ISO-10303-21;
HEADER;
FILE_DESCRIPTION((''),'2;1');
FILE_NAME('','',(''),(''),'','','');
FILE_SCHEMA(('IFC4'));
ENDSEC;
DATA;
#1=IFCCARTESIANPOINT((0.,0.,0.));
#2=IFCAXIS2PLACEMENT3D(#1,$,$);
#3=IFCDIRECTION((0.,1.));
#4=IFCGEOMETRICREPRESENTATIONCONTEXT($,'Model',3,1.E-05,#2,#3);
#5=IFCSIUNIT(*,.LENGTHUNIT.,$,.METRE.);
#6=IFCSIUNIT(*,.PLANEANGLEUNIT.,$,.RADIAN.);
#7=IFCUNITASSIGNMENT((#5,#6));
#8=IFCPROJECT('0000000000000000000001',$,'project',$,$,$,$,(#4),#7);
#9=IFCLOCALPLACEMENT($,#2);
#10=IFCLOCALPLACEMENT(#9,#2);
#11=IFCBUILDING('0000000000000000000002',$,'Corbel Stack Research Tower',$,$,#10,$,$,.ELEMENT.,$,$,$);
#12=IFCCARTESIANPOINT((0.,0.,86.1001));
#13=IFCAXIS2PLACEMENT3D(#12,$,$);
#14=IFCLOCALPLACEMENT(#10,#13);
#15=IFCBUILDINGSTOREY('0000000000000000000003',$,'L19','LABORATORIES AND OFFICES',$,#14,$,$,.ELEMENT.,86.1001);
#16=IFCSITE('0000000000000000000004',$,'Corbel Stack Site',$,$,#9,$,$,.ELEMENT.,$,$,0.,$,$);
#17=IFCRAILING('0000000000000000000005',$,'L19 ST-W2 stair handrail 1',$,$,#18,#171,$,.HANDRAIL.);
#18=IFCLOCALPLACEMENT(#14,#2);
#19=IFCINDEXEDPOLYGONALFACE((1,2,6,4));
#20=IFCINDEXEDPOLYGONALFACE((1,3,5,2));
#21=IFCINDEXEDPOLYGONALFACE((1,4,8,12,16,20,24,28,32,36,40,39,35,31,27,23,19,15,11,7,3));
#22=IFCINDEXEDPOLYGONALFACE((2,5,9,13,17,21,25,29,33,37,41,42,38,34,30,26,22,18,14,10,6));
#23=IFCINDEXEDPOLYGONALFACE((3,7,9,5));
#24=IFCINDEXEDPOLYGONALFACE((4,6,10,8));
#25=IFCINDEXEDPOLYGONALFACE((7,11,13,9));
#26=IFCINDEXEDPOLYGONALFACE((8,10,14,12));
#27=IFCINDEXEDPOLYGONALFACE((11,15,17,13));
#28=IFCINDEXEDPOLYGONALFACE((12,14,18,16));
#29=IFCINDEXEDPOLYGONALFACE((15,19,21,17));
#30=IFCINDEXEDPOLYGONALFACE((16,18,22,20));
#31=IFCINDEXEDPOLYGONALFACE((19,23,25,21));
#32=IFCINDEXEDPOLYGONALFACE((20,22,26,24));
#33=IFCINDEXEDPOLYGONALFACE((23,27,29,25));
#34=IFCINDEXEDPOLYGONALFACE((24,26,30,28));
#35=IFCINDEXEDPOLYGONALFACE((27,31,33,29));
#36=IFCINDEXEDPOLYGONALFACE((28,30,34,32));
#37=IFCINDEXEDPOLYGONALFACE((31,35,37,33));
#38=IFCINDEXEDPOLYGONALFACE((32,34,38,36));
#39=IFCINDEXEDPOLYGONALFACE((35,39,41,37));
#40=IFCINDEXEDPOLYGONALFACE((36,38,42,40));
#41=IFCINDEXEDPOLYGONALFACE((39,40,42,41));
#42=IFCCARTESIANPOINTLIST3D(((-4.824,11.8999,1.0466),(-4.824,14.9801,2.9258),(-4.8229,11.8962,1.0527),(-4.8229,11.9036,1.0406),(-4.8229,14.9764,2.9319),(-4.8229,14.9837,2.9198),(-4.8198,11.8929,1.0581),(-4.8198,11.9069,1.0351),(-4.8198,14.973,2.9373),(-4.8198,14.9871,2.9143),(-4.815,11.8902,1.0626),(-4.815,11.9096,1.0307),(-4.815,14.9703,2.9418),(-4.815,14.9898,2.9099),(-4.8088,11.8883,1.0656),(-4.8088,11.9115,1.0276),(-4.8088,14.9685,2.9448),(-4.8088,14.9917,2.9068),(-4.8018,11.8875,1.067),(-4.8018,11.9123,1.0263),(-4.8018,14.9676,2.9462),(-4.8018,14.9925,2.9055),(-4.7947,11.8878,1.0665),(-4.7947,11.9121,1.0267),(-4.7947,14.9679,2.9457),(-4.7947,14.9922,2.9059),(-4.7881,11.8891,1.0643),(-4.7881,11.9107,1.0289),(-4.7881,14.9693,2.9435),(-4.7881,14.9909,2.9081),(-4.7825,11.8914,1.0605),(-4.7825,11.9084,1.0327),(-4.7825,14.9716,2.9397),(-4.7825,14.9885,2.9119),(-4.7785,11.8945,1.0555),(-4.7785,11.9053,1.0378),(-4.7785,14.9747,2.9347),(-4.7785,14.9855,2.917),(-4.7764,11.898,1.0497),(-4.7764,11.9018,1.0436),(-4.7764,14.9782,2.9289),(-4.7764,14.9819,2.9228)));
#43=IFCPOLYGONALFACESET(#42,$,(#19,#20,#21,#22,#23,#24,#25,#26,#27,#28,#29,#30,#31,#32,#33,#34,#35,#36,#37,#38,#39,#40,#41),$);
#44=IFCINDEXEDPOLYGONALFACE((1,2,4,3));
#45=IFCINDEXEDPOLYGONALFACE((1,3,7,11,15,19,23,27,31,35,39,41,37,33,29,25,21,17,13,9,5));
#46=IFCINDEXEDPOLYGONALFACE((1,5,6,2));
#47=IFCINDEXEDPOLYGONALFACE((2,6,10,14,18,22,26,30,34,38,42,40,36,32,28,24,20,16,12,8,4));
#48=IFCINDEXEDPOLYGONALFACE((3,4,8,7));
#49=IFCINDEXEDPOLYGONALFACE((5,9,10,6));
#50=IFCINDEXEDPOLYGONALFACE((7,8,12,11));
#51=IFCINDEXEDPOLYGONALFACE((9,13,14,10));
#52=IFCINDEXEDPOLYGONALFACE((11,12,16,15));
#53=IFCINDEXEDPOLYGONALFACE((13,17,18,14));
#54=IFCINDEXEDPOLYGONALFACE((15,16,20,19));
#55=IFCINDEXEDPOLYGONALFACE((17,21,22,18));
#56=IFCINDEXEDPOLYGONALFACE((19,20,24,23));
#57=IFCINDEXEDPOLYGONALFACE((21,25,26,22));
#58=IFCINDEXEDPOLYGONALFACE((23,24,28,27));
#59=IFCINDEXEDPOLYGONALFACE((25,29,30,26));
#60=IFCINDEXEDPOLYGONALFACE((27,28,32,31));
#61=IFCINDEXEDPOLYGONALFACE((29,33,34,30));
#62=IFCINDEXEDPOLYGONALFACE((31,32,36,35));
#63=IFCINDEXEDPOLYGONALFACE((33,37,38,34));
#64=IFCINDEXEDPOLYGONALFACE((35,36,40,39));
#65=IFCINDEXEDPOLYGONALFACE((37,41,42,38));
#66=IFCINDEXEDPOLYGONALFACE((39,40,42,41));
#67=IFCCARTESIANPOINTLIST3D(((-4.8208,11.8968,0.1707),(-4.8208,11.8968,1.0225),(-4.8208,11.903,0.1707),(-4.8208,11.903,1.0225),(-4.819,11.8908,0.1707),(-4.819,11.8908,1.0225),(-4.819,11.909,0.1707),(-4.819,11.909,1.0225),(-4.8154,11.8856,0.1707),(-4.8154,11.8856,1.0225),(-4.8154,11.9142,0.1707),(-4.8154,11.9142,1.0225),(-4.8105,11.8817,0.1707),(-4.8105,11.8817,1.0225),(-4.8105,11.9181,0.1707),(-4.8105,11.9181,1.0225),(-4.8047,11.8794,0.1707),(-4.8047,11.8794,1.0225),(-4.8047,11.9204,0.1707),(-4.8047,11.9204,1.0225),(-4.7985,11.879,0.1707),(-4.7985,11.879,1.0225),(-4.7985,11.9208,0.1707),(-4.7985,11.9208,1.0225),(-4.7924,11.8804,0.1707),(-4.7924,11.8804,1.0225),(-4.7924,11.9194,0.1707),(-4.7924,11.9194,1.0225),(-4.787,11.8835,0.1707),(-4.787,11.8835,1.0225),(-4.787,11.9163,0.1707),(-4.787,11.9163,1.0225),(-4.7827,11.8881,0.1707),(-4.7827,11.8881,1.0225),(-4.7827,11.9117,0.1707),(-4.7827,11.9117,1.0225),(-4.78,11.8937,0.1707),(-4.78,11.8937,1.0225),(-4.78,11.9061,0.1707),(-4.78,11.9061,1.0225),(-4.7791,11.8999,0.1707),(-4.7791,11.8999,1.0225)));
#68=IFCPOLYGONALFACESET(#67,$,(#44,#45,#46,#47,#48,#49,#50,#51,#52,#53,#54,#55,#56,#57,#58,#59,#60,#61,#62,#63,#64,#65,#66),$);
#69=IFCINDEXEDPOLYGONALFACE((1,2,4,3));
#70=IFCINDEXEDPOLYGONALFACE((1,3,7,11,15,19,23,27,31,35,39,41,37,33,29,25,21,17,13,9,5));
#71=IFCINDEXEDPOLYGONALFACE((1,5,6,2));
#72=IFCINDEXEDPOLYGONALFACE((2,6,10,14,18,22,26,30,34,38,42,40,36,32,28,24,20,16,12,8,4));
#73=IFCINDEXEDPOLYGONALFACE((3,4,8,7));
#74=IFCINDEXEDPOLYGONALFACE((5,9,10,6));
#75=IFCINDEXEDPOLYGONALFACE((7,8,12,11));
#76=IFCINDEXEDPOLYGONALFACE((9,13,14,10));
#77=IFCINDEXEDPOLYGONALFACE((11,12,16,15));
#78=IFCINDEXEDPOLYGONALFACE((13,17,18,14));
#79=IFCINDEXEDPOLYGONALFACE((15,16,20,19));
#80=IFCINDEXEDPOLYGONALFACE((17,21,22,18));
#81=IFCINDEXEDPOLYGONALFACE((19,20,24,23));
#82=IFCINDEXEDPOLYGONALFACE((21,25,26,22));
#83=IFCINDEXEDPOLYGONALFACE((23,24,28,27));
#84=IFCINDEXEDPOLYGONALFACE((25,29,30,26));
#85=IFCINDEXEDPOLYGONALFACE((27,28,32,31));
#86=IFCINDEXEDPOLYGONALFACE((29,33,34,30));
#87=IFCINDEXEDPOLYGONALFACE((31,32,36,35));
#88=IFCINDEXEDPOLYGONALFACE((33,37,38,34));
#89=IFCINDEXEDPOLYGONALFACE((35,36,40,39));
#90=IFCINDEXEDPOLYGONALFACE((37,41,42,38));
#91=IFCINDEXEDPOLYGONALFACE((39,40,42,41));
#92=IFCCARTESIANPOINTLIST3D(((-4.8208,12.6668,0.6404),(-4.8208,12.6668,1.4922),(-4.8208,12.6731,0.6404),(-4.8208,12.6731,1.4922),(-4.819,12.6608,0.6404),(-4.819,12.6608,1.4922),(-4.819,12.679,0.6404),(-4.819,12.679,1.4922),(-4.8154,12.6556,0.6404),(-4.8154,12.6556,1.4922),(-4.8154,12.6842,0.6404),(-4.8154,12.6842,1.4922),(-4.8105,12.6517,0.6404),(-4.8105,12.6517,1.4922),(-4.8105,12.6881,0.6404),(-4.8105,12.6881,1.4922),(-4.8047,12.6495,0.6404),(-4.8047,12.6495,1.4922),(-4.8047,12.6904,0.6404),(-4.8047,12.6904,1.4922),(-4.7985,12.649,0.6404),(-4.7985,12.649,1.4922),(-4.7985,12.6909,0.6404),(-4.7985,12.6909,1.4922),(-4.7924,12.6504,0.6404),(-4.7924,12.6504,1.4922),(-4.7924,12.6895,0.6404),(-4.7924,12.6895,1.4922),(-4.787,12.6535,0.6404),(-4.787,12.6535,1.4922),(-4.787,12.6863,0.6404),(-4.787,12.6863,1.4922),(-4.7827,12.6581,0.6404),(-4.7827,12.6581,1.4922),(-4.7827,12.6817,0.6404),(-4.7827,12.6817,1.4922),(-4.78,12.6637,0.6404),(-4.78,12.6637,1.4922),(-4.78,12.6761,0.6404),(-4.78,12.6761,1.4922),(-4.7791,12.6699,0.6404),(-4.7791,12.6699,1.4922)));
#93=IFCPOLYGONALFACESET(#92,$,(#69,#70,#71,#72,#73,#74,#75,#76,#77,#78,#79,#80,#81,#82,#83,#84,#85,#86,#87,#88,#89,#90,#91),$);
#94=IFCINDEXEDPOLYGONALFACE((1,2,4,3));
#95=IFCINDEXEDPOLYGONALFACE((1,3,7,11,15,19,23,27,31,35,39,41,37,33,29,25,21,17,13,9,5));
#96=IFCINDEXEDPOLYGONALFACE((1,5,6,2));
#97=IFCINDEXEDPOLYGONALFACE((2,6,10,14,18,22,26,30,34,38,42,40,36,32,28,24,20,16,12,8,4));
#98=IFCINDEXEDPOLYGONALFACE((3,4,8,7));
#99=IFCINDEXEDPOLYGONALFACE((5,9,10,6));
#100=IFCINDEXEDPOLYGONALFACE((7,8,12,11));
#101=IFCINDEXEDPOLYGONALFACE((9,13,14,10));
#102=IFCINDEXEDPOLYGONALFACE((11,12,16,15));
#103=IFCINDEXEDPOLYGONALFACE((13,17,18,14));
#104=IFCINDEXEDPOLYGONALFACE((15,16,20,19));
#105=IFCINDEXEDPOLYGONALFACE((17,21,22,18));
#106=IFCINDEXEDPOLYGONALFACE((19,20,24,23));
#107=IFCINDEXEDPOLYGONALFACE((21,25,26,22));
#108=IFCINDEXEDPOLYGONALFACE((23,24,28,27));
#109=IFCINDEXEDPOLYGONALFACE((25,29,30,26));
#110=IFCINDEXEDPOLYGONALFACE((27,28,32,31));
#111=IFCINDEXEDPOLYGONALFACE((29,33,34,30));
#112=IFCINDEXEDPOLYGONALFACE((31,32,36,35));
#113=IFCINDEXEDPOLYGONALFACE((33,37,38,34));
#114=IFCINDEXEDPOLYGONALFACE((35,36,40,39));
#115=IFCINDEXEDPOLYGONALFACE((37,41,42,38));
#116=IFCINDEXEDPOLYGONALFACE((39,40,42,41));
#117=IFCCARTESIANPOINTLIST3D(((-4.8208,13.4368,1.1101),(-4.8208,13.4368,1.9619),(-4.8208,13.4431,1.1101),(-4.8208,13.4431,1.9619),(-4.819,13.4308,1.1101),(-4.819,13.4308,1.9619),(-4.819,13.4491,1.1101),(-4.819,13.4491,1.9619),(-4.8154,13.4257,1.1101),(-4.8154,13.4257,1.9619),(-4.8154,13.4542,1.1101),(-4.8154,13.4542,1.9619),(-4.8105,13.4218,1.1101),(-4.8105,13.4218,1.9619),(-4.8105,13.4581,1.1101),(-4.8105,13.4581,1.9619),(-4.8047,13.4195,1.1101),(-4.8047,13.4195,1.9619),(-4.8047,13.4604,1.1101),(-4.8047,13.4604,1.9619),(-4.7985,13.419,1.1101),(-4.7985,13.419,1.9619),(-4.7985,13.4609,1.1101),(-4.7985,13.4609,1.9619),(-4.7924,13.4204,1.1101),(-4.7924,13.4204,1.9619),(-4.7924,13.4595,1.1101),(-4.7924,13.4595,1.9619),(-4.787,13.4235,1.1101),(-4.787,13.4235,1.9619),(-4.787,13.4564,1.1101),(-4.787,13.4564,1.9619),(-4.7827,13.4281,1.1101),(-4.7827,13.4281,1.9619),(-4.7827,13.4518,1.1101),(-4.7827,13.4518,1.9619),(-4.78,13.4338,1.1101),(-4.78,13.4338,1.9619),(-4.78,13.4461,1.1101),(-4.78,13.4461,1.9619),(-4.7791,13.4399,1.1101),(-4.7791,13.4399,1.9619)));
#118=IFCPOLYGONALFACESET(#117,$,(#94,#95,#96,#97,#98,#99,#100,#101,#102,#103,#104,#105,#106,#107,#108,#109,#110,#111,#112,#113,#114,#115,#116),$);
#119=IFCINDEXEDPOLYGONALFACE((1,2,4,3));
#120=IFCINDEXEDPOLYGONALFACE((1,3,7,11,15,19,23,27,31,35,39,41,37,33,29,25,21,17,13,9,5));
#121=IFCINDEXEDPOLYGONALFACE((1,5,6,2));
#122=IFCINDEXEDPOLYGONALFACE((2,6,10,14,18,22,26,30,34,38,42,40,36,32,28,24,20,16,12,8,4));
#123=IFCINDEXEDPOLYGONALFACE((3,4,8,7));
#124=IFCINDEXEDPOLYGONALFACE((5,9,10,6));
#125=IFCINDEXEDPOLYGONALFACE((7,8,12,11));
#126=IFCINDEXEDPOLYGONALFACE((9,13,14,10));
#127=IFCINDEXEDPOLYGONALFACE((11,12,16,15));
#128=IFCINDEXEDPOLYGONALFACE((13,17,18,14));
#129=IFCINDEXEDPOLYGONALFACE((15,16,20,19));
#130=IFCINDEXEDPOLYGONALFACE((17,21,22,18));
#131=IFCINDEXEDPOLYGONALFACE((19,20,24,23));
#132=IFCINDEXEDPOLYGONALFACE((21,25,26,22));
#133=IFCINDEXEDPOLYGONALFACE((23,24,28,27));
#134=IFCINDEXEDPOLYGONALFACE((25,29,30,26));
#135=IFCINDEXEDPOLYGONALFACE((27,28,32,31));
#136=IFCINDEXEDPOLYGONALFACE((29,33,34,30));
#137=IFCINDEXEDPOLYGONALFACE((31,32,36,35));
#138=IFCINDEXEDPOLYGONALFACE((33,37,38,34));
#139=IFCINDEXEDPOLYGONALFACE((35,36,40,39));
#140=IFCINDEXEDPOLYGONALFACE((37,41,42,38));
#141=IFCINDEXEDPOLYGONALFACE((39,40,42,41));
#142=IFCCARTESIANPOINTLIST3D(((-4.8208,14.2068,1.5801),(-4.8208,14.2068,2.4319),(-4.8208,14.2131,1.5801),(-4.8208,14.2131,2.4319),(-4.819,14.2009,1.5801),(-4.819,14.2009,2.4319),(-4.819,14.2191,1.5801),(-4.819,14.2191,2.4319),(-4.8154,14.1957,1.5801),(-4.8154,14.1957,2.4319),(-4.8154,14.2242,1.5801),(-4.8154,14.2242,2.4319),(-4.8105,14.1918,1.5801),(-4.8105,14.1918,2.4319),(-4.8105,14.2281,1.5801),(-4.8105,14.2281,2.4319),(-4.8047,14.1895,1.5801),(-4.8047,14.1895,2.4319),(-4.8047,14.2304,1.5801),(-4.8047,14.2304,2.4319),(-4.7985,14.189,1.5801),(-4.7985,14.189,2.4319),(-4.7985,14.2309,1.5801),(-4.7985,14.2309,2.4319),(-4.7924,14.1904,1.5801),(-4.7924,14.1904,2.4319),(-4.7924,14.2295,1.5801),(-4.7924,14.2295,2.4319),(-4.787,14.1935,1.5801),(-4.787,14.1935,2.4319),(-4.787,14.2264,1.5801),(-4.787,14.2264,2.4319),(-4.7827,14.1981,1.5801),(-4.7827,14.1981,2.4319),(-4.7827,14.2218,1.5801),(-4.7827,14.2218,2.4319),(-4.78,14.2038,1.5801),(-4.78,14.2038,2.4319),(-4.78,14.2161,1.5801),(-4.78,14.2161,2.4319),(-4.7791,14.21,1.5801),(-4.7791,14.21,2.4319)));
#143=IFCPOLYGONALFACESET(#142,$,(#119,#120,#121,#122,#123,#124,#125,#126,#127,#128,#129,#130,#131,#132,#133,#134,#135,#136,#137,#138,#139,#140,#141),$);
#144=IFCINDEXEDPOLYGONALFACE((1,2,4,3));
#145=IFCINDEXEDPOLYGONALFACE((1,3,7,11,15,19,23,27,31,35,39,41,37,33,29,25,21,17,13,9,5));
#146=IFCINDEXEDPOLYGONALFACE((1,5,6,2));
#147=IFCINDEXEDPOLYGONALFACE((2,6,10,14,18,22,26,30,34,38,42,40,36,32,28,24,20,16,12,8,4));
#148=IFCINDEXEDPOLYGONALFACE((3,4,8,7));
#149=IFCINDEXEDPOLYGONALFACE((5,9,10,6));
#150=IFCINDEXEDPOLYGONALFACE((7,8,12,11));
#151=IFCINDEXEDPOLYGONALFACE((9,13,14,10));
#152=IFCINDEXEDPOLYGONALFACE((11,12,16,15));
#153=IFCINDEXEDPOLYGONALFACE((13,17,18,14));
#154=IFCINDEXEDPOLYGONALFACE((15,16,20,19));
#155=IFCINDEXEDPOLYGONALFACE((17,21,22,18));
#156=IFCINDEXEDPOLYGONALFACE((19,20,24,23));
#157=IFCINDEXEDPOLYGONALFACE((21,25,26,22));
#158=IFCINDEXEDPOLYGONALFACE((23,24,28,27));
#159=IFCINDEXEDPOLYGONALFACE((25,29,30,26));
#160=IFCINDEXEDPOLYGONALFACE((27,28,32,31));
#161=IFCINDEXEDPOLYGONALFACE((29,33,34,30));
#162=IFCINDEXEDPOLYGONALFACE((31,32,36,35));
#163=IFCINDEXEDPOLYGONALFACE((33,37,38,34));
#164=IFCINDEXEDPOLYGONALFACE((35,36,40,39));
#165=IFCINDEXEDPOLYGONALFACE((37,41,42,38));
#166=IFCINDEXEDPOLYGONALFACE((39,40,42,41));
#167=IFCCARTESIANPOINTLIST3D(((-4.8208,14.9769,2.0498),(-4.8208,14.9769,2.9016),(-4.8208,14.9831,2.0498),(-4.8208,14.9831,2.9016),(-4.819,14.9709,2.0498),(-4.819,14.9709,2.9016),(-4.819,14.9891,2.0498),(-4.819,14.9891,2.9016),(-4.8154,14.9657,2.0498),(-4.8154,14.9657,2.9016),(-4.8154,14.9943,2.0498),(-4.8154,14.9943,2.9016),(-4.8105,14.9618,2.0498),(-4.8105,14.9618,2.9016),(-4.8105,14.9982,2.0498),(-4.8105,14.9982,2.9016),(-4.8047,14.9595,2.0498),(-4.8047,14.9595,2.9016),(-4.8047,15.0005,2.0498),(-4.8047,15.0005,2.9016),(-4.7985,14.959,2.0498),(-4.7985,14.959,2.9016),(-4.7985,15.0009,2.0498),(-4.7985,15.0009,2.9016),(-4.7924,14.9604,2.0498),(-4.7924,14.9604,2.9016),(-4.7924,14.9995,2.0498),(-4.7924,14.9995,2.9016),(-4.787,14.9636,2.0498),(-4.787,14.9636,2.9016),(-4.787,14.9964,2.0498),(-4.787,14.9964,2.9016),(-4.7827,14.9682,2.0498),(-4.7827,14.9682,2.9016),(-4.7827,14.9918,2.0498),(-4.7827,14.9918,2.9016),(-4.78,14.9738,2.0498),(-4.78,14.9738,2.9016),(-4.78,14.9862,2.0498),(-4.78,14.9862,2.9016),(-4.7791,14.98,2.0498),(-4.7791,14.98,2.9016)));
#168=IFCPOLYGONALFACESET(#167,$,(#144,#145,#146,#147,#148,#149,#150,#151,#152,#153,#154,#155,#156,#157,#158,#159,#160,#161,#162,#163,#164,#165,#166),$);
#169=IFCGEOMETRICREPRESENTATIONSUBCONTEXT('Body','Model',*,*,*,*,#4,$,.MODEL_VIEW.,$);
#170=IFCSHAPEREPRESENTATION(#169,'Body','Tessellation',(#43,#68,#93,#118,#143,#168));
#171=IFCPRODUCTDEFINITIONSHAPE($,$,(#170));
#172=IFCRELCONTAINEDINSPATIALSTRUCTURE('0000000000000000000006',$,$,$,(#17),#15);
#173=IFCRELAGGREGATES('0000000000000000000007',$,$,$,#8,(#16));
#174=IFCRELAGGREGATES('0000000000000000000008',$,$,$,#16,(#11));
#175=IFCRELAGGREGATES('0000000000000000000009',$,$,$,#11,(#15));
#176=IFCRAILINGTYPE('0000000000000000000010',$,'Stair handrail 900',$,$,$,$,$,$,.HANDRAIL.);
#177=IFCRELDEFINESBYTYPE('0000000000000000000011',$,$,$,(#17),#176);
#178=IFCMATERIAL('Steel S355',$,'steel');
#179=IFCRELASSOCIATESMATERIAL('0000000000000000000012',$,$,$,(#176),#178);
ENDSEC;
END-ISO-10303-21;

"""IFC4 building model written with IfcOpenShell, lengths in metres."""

from ifc_helpers import new_model, si_unit, direction, frame, origin, origin_2d, place, context, subcontext, project, spatial, circle, extrude, material, type_object, element, save


model = new_model("IFC4")

# Units and contexts
model_context = context("Model", 3, precision=1e-05, world=origin(), true_north=direction((0.0, 1.0)))
body_context = subcontext(model_context, "Body", "Model", "MODEL_VIEW")
ifc_project = project(units=[si_unit("LENGTHUNIT", "METRE"), si_unit("PLANEANGLEUNIT", "RADIAN")], contexts=[model_context])

# Site, building, storey
site_placement = place(None, origin())
site = spatial("IfcSite", under=ifc_project, at=site_placement, Name="Corbel Stack Site", CompositionType="ELEMENT", RefElevation=0.0)
building_placement = place(site_placement, origin())
building = spatial("IfcBuilding", under=site, at=building_placement, Name="Corbel Stack Research Tower", CompositionType="ELEMENT")
storey_placement = place(building_placement, frame((0.0, 0.0, 86.1001)))
storey = spatial("IfcBuildingStorey", under=building, at=storey_placement, Name="L19", Description="LABORATORIES AND OFFICES", CompositionType="ELEMENT", Elevation=86.1001)

# Railing
ifc_material_1 = material(Name="Steel S355", Category="steel")
railing_type_1 = type_object("IfcRailingType", Name="Stair handrail 900", PredefinedType="HANDRAIL", material=ifc_material_1)
railing_1_placement = place(storey_placement, frame((-4.8, 11.8999, 0.1707)))
element("IfcRailing", 1, at=railing_1_placement, inside=storey, type_object=railing_type_1, Name="L19 ST-W2 stair handrail 1", PredefinedType="HANDRAIL", context=body_context, shape_type="SweptSolid", body=[
    extrude(circle(Radius=0.0239, at=origin_2d()), frame((0.0, 0.0, 0.876), z_axis=(0.0, 0.853666, 0.52082), x_axis=(-1.0, 0.0, 0.0)), (0.0, 0.0, 1.0), 3.6082),
    extrude(circle(Radius=0.021, at=origin_2d()), origin(), (0.0, 0.0, 1.0), 0.8518),
    extrude(circle(Radius=0.021, at=origin_2d()), frame((0.0, 0.77, 0.4697)), (0.0, 0.0, 1.0), 0.8518),
    extrude(circle(Radius=0.021, at=origin_2d()), frame((0.0, 1.54, 0.9395)), (0.0, 0.0, 1.0), 0.8518),
    extrude(circle(Radius=0.021, at=origin_2d()), frame((0.0, 2.3101, 1.4094)), (0.0, 0.0, 1.0), 0.8518),
    extrude(circle(Radius=0.021, at=origin_2d()), frame((0.0, 3.0801, 1.8792)), (0.0, 0.0, 1.0), 0.8518),
])

save(model, "model.ifc")
